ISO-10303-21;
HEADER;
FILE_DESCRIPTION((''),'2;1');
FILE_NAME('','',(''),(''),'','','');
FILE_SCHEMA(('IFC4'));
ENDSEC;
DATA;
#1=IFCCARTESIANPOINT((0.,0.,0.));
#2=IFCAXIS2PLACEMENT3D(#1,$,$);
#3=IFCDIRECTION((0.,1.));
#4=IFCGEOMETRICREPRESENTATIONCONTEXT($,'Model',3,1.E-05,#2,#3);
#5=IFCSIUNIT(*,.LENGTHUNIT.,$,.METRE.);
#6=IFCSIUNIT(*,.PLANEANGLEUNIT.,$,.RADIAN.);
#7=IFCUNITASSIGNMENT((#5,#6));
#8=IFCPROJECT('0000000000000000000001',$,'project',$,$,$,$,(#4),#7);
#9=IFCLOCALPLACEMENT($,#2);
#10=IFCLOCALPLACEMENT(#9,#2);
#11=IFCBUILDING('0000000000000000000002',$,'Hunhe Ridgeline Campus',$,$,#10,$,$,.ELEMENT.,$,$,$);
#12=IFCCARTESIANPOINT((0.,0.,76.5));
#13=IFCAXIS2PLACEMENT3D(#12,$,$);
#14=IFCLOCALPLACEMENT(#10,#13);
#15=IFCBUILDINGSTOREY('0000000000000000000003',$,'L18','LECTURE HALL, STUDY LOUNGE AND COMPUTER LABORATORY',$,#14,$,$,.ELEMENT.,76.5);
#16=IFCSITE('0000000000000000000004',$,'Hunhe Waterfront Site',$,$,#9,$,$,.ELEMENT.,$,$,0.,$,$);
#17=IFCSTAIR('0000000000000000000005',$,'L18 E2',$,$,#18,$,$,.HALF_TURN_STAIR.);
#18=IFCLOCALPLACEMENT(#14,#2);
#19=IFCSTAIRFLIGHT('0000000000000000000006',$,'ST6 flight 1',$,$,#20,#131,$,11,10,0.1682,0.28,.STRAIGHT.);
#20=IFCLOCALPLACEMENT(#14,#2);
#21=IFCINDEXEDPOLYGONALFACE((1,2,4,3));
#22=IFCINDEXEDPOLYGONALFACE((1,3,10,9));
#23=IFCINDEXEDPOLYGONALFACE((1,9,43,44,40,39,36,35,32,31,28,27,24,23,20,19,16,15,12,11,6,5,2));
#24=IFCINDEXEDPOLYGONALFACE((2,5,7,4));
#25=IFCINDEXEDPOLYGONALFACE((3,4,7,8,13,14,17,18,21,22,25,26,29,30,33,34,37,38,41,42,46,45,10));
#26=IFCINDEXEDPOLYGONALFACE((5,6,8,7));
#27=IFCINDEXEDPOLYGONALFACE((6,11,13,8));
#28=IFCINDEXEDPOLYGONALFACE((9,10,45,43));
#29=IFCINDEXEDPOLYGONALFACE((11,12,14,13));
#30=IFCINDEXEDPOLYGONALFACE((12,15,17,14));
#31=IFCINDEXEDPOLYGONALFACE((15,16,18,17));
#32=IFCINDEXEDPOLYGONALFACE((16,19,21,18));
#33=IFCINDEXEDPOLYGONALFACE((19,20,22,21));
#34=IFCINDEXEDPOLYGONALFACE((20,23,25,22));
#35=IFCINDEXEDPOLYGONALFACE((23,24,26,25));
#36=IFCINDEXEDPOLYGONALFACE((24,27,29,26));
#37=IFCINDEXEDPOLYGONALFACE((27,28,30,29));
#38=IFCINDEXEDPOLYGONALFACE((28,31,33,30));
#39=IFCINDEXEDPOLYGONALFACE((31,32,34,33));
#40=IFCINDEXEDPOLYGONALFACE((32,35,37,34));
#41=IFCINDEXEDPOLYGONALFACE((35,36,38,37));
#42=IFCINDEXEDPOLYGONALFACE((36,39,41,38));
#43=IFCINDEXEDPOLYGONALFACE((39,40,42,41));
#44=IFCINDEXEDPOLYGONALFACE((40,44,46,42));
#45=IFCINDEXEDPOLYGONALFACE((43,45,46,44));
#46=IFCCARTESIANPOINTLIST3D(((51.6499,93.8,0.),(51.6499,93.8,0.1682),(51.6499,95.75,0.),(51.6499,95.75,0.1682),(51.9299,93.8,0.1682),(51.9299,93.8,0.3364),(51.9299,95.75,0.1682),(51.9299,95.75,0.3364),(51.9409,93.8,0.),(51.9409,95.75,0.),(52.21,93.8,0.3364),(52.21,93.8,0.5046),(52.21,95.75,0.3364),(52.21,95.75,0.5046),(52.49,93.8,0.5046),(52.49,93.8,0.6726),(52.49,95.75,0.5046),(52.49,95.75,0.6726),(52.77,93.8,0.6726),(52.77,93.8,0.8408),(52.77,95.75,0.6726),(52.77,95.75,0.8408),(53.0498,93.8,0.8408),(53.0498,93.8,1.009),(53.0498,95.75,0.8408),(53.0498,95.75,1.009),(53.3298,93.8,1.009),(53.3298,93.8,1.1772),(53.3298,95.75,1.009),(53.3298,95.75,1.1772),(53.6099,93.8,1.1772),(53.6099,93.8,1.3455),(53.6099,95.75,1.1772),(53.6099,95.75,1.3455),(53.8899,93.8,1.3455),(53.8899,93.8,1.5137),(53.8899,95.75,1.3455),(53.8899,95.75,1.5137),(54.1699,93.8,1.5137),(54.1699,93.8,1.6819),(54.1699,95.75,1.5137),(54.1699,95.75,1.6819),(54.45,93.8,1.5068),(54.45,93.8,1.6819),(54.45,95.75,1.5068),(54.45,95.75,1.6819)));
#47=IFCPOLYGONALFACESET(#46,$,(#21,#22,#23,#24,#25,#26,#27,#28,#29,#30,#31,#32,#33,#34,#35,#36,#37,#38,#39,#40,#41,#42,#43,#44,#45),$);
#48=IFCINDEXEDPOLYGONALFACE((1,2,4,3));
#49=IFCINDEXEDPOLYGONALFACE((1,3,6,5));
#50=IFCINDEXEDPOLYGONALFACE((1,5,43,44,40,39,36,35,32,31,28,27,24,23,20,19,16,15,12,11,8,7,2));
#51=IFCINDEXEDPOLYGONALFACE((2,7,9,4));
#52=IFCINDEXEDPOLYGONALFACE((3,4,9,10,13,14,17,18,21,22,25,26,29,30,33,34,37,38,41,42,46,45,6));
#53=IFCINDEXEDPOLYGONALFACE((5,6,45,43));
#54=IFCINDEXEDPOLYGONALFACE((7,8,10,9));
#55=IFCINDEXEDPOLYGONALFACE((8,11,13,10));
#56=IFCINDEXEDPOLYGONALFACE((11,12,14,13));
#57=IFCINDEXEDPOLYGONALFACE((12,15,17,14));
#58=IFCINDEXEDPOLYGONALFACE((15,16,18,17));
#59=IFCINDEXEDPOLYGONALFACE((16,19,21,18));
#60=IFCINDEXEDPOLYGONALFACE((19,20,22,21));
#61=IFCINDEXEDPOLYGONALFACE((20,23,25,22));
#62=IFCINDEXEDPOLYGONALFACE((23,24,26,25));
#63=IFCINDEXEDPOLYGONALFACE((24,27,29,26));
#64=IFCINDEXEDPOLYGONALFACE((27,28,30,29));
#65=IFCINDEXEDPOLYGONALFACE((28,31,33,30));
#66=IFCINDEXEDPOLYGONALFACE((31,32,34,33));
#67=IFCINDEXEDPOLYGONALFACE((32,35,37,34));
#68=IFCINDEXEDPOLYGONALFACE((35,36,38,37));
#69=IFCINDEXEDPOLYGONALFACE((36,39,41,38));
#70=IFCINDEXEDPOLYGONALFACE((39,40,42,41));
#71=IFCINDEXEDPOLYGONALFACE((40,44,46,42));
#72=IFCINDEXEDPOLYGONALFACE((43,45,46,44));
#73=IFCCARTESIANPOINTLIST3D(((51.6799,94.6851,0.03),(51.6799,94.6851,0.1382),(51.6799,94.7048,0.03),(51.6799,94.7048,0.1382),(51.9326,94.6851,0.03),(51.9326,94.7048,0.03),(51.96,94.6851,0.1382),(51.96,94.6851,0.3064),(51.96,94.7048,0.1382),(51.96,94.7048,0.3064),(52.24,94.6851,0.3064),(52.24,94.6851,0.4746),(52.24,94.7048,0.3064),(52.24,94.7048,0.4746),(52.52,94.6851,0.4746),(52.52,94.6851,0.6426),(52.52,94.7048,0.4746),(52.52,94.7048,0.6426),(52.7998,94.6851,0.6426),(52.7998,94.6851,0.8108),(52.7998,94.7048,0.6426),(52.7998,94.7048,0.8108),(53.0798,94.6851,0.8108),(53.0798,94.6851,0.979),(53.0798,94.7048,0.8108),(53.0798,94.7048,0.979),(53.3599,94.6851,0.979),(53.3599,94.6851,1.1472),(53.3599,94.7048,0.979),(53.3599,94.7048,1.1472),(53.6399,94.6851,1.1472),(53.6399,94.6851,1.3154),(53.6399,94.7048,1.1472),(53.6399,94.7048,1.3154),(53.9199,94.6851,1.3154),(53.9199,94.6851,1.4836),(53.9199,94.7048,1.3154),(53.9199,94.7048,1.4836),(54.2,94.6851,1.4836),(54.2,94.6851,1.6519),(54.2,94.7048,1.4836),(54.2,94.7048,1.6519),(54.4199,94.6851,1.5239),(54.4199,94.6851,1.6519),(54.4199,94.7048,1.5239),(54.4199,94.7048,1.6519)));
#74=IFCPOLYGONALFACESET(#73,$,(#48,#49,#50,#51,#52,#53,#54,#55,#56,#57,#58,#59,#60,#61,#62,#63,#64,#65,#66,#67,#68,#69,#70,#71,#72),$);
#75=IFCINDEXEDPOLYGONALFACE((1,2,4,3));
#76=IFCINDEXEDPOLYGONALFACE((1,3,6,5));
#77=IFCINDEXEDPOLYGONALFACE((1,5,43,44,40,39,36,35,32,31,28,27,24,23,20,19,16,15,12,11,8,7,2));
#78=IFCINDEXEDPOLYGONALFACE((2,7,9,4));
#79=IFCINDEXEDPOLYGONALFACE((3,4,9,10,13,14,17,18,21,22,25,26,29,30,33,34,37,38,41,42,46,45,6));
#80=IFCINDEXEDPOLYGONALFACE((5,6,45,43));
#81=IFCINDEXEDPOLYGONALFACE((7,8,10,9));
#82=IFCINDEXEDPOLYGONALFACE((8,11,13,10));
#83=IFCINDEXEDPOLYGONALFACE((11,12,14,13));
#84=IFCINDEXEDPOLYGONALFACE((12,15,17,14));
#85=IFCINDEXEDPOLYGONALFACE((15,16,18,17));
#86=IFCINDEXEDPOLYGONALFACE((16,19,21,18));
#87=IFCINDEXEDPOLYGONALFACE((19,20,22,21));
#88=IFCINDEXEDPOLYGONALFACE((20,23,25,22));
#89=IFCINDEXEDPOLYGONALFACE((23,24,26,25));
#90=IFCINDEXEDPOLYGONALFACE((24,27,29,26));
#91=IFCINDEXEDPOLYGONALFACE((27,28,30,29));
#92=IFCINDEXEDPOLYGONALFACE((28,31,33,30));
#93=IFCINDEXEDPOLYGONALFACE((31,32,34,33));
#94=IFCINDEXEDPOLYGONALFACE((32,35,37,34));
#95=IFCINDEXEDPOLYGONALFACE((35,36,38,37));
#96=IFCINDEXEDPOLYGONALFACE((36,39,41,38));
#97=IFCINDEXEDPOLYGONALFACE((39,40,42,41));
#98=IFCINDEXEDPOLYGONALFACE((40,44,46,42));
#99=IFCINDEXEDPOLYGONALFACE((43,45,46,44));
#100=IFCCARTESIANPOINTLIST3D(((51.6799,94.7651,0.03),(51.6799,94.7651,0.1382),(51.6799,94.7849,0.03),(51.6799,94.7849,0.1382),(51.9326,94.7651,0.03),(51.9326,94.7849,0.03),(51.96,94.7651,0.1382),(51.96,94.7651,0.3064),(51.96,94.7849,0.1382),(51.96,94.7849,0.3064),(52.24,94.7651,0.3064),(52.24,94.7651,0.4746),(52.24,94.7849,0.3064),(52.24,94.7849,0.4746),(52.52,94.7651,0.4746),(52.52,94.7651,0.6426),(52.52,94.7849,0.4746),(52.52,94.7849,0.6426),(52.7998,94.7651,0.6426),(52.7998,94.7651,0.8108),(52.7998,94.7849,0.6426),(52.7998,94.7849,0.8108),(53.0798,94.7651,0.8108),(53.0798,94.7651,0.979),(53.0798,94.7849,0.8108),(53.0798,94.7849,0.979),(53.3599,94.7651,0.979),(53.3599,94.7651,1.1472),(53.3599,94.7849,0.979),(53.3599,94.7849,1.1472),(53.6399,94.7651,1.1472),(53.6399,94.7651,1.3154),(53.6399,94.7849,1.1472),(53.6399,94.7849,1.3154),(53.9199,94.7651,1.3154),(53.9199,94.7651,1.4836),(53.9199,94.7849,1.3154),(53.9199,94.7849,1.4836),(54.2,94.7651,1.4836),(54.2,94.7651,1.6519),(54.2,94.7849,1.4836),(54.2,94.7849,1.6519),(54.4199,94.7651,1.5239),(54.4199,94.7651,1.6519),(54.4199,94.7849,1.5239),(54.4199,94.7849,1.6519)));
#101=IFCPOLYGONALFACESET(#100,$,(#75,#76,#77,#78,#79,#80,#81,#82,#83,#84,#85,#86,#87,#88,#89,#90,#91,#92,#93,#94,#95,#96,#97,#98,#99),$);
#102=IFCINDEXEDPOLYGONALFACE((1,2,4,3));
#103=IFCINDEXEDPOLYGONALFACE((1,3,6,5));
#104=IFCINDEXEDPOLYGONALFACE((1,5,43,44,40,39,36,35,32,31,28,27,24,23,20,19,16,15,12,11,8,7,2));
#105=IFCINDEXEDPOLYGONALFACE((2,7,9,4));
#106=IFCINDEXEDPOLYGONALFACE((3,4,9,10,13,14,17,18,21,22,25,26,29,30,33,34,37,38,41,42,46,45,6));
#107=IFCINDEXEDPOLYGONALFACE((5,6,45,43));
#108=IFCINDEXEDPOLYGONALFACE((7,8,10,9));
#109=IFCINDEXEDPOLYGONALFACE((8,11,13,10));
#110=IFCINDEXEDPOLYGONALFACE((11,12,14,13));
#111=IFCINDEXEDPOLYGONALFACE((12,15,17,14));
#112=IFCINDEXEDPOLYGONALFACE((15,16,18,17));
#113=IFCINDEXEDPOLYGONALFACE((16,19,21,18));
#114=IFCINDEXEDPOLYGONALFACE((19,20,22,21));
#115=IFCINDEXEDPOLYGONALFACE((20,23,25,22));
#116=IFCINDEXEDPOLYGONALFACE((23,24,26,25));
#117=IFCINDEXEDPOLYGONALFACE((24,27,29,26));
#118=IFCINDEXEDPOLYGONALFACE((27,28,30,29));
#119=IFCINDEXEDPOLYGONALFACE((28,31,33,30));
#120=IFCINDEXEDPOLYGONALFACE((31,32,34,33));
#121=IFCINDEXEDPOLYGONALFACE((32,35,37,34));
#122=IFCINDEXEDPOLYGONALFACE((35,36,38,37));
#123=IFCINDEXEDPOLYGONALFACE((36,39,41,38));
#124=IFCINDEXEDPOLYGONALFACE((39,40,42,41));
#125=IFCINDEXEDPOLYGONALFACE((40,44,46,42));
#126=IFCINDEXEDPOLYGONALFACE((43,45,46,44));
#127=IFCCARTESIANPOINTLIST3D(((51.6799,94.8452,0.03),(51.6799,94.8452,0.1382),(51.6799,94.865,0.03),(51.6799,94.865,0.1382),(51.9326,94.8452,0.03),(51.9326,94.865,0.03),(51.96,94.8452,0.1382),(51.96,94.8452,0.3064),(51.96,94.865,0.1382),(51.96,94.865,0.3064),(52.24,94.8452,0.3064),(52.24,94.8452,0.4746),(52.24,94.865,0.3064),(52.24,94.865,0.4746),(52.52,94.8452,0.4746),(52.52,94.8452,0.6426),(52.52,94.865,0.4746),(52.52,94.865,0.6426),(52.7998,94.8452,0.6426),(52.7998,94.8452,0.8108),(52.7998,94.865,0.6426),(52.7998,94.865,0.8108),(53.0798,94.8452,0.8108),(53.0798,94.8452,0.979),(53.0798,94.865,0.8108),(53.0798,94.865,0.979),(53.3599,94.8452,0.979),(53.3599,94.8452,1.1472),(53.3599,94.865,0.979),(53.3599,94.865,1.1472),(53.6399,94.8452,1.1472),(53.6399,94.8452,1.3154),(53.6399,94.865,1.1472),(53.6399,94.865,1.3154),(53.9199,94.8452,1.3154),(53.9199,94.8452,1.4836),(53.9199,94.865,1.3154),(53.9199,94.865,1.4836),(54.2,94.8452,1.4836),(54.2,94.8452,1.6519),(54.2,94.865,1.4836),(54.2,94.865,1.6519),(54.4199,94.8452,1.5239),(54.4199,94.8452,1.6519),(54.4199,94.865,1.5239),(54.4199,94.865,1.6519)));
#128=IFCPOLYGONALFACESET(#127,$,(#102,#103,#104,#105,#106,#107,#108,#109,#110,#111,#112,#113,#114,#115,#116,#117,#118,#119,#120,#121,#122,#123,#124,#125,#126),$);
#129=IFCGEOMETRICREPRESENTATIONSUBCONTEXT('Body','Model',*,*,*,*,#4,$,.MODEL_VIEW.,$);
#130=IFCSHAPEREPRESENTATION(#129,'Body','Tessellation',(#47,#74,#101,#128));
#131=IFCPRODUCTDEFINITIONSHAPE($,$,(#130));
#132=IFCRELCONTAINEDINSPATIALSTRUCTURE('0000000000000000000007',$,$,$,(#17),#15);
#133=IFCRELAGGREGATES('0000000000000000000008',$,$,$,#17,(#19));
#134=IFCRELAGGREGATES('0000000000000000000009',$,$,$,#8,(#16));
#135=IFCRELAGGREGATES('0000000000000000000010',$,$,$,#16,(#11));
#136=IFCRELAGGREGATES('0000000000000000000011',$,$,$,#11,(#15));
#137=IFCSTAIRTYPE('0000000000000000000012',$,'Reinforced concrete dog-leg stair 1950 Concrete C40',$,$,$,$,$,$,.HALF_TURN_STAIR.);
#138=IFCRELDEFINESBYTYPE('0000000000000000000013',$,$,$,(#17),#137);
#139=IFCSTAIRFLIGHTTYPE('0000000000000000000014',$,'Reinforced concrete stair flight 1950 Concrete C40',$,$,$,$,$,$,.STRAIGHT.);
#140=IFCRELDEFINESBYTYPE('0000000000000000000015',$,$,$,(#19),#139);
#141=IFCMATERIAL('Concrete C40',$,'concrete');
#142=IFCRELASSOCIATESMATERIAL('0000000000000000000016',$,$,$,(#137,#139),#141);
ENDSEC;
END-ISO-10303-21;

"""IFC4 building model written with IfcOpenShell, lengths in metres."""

from ifc_helpers import new_model, si_unit, direction, frame, origin, place, context, subcontext, project, spatial, polyline, outline, extrude, material, type_object, element, aggregate, save


model = new_model("IFC4")

# Units and contexts
model_context = context("Model", 3, precision=1e-05, world=origin(), true_north=direction((0.0, 1.0)))
body_context = subcontext(model_context, "Body", "Model", "MODEL_VIEW")
ifc_project = project(units=[si_unit("LENGTHUNIT", "METRE"), si_unit("PLANEANGLEUNIT", "RADIAN")], contexts=[model_context])

# Site, building, storey
site_placement = place(None, origin())
site = spatial("IfcSite", under=ifc_project, at=site_placement, Name="Hunhe Waterfront Site", CompositionType="ELEMENT", RefElevation=0.0)
building_placement = place(site_placement, origin())
building = spatial("IfcBuilding", under=site, at=building_placement, Name="Hunhe Ridgeline Campus", CompositionType="ELEMENT")
storey_placement = place(building_placement, frame((0.0, 0.0, 76.5)))
storey = spatial("IfcBuildingStorey", under=building, at=storey_placement, Name="L18", Description="LECTURE HALL, STUDY LOUNGE AND COMPUTER LABORATORY", CompositionType="ELEMENT", Elevation=76.5)

# Shared definitions
ifc_material_1 = material(Name="Concrete C40", Category="concrete")
stair_type = type_object("IfcStairType", Name="Reinforced concrete dog-leg stair 1950 Concrete C40", PredefinedType="HALF_TURN_STAIR", material=ifc_material_1)
stair_flight_type = type_object("IfcStairFlightType", Name="Reinforced concrete stair flight 1950 Concrete C40", PredefinedType="STRAIGHT", material=ifc_material_1)

# Stair, stair flight
stair_1_placement = place(storey_placement, origin())
stair_1 = element("IfcStair", 1, at=stair_1_placement, inside=storey, type_object=stair_type, Name="L18 E2", PredefinedType="HALF_TURN_STAIR")
stair_flight_1_placement = place(storey_placement, frame((51.6499, 94.7749, 0.0), z_axis=(0.0, 0.0, 1.0), x_axis=(1.0, 0.0, 0.0)))
stair_flight_1 = element("IfcStairFlight", 2, at=stair_flight_1_placement, type_object=stair_flight_type, Name="ST6 flight 1", NumberOfRisers=11, NumberOfTreads=10, PredefinedType="STRAIGHT", RiserHeight=0.1682, TreadLength=0.28, context=body_context, shape_type="SweptSolid", body=[
    extrude(outline(polyline([(0.0, 0.0), (0.0, 0.1682), (0.28, 0.1682), (0.28, 0.3364), (0.5601, 0.3364), (0.5601, 0.5046), (0.8401, 0.5046), (0.8401, 0.6726), (1.1201, 0.6726), (1.1201, 0.8408), (1.3999, 0.8408), (1.3999, 1.009), (1.6799, 1.009), (1.6799, 1.1772), (1.96, 1.1772), (1.96, 1.3455), (2.24, 1.3455), (2.24, 1.5137), (2.52, 1.5137), (2.52, 1.6819), (2.8, 1.6819), (2.8, 1.8501), (2.8, 1.5068), (0.291, 0.0), (0.0, 0.0)])), frame((0.0, 0.9751, 0.0), z_axis=(0.0, -1.0, 0.0), x_axis=(1.0, 0.0, 0.0)), (0.0, 0.0, 1.0), 1.95),
    extrude(outline(polyline([(0.03, 0.03), (0.03, 0.1382), (0.3101, 0.1382), (0.3101, 0.3064), (0.5901, 0.3064), (0.5901, 0.4746), (0.8701, 0.4746), (0.8701, 0.6426), (1.1499, 0.6426), (1.1499, 0.8108), (1.4299, 0.8108), (1.4299, 0.979), (1.71, 0.979), (1.71, 1.1472), (1.99, 1.1472), (1.99, 1.3154), (2.27, 1.3154), (2.27, 1.4836), (2.55, 1.4836), (2.55, 1.6519), (2.77, 1.6519), (2.77, 1.5239), (0.2827, 0.03), (0.03, 0.03)])), frame((0.0, -0.0701, 0.0), z_axis=(0.0, -1.0, 0.0), x_axis=(1.0, 0.0, 0.0)), (0.0, 0.0, 1.0), 0.0198),
    extrude(outline(polyline([(0.03, 0.03), (0.03, 0.1382), (0.3101, 0.1382), (0.3101, 0.3064), (0.5901, 0.3064), (0.5901, 0.4746), (0.8701, 0.4746), (0.8701, 0.6426), (1.1499, 0.6426), (1.1499, 0.8108), (1.4299, 0.8108), (1.4299, 0.979), (1.71, 0.979), (1.71, 1.1472), (1.99, 1.1472), (1.99, 1.3154), (2.27, 1.3154), (2.27, 1.4836), (2.55, 1.4836), (2.55, 1.6519), (2.77, 1.6519), (2.77, 1.5239), (0.2827, 0.03), (0.03, 0.03)])), frame((0.0, 0.01, 0.0), z_axis=(0.0, -1.0, 0.0), x_axis=(1.0, 0.0, 0.0)), (0.0, 0.0, 1.0), 0.0198),
    extrude(outline(polyline([(0.03, 0.03), (0.03, 0.1382), (0.3101, 0.1382), (0.3101, 0.3064), (0.5901, 0.3064), (0.5901, 0.4746), (0.8701, 0.4746), (0.8701, 0.6426), (1.1499, 0.6426), (1.1499, 0.8108), (1.4299, 0.8108), (1.4299, 0.979), (1.71, 0.979), (1.71, 1.1472), (1.99, 1.1472), (1.99, 1.3154), (2.27, 1.3154), (2.27, 1.4836), (2.55, 1.4836), (2.55, 1.6519), (2.77, 1.6519), (2.77, 1.5239), (0.2827, 0.03), (0.03, 0.03)])), frame((0.0, 0.0901, 0.0), z_axis=(0.0, -1.0, 0.0), x_axis=(1.0, 0.0, 0.0)), (0.0, 0.0, 1.0), 0.0198),
])
aggregate(stair_1, [stair_flight_1])

save(model, "model.ifc")
